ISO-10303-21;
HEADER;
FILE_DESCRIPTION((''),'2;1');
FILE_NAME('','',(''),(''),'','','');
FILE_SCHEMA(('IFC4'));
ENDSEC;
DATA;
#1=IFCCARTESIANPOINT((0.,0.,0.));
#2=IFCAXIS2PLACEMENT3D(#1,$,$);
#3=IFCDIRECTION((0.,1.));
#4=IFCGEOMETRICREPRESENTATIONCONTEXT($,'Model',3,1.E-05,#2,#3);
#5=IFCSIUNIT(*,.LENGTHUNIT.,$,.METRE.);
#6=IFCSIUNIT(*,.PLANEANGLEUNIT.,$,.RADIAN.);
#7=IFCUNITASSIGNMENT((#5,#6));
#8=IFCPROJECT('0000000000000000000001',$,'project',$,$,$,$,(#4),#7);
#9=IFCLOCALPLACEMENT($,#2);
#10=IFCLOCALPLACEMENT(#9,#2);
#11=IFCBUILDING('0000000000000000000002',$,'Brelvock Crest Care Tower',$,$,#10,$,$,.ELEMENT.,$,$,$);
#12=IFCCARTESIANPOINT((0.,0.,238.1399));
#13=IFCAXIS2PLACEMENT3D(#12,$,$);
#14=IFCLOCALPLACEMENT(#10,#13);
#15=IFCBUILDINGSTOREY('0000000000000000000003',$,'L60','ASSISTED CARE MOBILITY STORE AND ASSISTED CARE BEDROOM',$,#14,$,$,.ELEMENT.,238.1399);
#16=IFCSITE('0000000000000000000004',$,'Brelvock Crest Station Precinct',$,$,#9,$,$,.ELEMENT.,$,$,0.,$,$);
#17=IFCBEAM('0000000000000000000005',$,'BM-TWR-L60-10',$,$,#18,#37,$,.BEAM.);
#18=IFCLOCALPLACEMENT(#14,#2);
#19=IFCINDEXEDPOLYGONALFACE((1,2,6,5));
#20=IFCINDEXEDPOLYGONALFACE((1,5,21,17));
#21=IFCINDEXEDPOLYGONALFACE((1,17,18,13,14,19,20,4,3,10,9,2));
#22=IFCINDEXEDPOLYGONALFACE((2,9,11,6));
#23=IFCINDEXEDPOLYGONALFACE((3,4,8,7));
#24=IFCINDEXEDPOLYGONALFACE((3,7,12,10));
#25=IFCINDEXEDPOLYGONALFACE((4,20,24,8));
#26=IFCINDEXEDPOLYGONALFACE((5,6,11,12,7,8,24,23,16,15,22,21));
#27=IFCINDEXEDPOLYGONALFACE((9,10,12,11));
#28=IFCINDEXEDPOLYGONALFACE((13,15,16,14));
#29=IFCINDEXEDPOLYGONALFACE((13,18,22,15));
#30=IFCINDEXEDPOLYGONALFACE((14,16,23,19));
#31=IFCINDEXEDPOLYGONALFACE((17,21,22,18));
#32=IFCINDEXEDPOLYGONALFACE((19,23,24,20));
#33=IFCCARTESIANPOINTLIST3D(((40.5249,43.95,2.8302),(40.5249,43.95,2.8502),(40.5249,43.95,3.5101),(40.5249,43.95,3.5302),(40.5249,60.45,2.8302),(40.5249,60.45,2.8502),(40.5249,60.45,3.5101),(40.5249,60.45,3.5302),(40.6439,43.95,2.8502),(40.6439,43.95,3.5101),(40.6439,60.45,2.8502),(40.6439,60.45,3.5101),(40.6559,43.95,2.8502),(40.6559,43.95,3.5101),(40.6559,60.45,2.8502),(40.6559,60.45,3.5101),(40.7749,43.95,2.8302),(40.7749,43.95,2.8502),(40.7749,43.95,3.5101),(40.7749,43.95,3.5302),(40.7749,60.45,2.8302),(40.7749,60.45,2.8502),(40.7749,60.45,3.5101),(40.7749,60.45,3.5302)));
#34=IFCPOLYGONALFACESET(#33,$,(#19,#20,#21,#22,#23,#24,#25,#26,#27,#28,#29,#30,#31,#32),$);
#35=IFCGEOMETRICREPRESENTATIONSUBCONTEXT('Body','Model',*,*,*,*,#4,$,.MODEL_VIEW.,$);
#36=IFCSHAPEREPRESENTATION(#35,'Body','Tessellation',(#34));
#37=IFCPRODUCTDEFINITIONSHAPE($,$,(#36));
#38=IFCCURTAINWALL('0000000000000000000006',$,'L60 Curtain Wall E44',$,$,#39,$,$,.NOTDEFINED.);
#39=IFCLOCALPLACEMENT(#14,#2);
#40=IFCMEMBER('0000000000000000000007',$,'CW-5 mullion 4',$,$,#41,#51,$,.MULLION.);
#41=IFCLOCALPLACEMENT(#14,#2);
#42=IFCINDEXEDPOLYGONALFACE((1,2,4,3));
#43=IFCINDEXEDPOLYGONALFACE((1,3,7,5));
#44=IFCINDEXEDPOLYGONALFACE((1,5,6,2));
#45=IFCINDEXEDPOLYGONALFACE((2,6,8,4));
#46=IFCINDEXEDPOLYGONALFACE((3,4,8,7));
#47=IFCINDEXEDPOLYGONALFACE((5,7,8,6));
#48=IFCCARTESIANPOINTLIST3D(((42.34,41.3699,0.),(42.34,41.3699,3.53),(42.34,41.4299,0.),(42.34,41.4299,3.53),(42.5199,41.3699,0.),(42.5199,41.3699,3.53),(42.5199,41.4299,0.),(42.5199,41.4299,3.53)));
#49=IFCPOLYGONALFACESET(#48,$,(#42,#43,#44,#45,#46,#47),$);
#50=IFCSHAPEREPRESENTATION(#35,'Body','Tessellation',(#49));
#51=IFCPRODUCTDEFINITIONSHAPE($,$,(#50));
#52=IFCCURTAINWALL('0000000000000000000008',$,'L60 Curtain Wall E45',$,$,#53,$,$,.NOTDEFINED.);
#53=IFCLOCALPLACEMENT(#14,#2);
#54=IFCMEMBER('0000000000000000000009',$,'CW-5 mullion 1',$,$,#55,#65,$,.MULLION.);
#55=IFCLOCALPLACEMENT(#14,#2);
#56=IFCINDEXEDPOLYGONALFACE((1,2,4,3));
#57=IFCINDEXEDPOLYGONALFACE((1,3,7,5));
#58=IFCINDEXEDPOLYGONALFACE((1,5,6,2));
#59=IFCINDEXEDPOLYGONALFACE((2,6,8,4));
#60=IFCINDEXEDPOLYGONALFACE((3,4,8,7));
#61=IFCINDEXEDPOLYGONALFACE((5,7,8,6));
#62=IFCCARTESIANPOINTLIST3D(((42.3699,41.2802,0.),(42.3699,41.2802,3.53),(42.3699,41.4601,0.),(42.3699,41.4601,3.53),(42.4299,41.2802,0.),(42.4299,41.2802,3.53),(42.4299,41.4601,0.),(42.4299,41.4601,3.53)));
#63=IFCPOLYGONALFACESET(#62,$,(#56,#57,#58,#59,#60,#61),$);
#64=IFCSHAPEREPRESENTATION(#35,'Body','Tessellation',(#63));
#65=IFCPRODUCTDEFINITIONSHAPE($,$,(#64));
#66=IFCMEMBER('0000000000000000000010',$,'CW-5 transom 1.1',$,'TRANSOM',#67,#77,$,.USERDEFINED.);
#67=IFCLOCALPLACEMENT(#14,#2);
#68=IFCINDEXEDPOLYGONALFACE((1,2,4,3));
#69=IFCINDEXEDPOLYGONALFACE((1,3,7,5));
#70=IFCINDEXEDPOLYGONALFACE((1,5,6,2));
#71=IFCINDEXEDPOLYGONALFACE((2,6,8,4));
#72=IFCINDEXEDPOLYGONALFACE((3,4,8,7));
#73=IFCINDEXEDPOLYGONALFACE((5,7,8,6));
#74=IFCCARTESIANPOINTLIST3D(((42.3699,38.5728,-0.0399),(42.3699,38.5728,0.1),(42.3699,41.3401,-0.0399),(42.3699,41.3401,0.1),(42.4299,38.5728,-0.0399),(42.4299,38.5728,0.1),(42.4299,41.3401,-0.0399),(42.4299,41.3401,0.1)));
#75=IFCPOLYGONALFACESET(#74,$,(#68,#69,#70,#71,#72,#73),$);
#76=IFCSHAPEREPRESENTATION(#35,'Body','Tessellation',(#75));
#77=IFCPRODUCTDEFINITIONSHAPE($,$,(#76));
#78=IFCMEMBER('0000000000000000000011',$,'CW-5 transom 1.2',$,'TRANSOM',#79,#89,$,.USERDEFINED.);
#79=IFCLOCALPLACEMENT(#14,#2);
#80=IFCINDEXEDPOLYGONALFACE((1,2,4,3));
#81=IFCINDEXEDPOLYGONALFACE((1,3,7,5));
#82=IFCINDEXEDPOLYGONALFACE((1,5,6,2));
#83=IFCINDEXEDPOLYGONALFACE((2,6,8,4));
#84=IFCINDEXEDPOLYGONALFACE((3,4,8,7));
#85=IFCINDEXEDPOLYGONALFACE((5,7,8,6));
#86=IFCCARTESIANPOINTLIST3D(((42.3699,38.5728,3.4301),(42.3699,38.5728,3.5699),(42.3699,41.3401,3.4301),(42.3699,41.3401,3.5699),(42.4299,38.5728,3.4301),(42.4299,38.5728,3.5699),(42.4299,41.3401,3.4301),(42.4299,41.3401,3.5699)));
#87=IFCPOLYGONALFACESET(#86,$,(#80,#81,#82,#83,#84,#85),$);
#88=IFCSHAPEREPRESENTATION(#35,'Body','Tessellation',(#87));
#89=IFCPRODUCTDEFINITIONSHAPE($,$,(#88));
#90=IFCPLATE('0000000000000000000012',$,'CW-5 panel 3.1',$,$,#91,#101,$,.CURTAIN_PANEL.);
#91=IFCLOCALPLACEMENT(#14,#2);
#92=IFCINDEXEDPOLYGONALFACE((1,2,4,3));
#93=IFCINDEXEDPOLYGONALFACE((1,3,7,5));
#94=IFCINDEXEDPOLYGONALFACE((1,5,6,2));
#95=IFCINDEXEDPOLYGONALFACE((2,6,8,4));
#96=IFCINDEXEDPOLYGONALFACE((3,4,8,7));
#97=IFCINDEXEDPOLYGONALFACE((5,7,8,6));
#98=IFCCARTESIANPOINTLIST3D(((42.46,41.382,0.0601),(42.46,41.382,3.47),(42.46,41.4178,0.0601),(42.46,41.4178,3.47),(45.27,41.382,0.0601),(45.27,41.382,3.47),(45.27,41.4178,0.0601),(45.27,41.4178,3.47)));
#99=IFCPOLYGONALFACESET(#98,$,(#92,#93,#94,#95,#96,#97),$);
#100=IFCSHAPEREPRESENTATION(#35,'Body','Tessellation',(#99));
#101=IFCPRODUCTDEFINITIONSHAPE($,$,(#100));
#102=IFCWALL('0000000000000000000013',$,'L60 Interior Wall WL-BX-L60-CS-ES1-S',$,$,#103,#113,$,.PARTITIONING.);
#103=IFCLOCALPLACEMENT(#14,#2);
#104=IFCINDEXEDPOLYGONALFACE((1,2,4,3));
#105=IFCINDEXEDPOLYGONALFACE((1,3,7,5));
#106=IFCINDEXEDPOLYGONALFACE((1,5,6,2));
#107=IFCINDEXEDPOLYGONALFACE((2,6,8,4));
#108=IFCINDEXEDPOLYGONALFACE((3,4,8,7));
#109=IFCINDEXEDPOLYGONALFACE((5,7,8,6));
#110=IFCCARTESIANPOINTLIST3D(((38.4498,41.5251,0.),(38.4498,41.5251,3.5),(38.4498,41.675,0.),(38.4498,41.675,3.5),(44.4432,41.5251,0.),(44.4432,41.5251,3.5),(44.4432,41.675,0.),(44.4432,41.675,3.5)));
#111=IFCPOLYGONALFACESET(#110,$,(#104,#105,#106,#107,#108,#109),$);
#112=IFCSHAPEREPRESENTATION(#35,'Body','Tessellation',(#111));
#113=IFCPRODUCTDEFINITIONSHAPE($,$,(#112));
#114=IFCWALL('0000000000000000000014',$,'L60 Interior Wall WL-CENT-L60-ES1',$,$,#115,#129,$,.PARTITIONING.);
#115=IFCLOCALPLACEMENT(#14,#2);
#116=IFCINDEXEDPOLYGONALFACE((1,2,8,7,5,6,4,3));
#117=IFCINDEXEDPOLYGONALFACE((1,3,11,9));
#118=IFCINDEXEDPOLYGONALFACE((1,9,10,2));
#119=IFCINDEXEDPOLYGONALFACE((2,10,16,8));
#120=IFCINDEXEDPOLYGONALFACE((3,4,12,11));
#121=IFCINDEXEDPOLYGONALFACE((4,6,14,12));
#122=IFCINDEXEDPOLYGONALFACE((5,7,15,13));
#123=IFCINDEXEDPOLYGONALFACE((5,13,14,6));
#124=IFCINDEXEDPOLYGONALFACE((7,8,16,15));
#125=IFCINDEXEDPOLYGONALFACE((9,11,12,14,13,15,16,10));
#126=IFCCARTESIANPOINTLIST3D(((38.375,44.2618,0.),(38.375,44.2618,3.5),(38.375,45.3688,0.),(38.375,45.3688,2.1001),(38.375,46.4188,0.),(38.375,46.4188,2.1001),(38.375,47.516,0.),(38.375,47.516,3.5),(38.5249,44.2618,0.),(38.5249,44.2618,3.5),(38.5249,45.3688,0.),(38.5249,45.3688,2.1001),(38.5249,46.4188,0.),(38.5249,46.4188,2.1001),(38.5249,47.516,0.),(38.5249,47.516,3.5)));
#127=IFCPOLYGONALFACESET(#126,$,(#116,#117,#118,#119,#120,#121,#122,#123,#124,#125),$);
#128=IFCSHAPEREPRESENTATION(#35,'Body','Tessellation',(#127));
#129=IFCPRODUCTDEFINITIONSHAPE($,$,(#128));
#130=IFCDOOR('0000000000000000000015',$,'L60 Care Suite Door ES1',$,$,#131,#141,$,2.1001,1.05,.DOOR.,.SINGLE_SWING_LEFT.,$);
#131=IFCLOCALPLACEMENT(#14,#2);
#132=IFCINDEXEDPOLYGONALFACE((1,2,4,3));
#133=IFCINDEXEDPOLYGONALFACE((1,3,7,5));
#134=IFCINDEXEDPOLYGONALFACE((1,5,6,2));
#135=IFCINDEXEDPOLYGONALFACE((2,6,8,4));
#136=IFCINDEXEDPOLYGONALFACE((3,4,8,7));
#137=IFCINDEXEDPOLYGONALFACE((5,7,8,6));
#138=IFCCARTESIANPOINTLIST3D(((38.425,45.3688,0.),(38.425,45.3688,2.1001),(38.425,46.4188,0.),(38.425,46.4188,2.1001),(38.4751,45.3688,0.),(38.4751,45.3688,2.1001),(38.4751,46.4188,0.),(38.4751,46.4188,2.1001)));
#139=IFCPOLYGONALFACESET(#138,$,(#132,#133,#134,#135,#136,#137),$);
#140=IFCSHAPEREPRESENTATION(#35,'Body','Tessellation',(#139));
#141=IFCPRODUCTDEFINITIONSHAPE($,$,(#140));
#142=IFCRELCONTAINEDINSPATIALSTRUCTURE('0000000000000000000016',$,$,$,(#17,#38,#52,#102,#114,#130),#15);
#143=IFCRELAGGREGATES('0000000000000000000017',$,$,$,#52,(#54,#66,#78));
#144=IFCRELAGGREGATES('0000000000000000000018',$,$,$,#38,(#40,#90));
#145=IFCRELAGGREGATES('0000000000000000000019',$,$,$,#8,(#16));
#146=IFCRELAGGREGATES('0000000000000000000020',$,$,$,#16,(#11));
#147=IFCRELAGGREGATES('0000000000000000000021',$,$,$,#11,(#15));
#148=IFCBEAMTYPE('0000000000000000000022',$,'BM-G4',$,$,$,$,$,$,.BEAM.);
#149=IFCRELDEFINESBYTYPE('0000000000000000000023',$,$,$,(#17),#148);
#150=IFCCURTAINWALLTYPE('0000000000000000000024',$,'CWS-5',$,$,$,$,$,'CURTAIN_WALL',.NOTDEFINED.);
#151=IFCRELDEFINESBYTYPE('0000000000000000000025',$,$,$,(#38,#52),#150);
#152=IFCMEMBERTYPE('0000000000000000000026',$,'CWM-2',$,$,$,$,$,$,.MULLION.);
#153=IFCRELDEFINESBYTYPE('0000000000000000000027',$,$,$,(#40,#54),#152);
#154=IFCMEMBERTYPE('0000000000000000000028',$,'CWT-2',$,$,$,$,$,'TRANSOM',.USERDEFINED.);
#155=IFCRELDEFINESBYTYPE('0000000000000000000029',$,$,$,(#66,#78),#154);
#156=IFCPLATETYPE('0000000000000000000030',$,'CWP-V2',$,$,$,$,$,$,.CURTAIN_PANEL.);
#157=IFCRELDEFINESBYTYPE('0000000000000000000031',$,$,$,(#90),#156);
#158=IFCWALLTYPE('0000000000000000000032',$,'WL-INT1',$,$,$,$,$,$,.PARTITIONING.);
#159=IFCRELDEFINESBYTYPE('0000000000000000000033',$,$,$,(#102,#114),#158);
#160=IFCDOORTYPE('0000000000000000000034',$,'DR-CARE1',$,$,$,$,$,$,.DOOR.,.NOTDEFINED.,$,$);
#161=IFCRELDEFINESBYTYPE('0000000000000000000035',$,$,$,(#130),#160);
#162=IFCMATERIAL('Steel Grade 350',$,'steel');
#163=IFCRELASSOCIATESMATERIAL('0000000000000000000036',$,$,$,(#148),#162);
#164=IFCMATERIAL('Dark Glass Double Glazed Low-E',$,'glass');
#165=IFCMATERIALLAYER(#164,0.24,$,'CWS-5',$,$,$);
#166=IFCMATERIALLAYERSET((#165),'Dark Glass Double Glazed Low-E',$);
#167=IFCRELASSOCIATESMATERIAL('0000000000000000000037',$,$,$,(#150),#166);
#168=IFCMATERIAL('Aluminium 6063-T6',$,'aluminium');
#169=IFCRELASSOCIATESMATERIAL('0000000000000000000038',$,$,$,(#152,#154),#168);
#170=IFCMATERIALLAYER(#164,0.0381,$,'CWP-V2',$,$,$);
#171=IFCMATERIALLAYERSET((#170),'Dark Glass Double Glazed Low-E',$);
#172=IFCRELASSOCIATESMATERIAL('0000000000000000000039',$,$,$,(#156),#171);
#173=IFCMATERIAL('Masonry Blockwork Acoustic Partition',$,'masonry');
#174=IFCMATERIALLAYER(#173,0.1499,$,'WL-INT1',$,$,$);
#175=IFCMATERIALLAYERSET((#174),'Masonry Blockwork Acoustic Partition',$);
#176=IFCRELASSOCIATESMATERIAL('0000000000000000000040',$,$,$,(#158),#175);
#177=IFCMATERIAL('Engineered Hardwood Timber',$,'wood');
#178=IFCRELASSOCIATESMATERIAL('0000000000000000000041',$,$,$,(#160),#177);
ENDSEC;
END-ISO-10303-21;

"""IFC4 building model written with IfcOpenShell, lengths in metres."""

from ifc_helpers import new_model, si_unit, direction, frame, frame_2d, origin, origin_2d, place, context, subcontext, project, spatial, rectangle, i_section, extrude, source, transform, mapped, material, layer, layer_set, material_profile, profile_set, type_object, element, fill, aggregate, save


model = new_model("IFC4")

# Units and contexts
model_context = context("Model", 3, precision=1e-05, world=origin(), true_north=direction((0.0, 1.0)))
body_context = subcontext(model_context, "Body", "Model", "MODEL_VIEW")
ifc_project = project(units=[si_unit("LENGTHUNIT", "METRE"), si_unit("PLANEANGLEUNIT", "RADIAN")], contexts=[model_context])

# Site, building, storey
site_placement = place(None, origin())
site = spatial("IfcSite", under=ifc_project, at=site_placement, Name="Brelvock Crest Station Precinct", CompositionType="ELEMENT", RefElevation=0.0)
building_placement = place(site_placement, origin())
building = spatial("IfcBuilding", under=site, at=building_placement, Name="Brelvock Crest Care Tower", CompositionType="ELEMENT")
storey_placement = place(building_placement, frame((0.0, 0.0, 238.1399)))
storey = spatial("IfcBuildingStorey", under=building, at=storey_placement, Name="L60", Description="ASSISTED CARE MOBILITY STORE AND ASSISTED CARE BEDROOM", CompositionType="ELEMENT", Elevation=238.1399)

# Shared definitions
ifc_material_1 = material(Name="Steel Grade 350", Category="steel")

# Beam
ifc_material_profile_1 = material_profile(ifc_material_1, i_section(OverallWidth=0.25, OverallDepth=0.7, WebThickness=0.012, FlangeThickness=0.02, at=origin_2d()), Name="700WB150")
ifc_profile_set_1 = profile_set([ifc_material_profile_1], Name="Steel Grade 350")
beam_type_1 = type_object("IfcBeamType", Name="BM-G4", PredefinedType="BEAM", material=ifc_profile_set_1)
shared_shape_1 = source(origin(), body_context, "Body", "SweptSolid", [
    extrude(i_section(OverallWidth=0.25, OverallDepth=0.7, WebThickness=0.012, FlangeThickness=0.02, at=origin_2d()), origin(), (0.0, 0.0, 1.0), 16.5),
])
beam_1_placement = place(storey_placement, frame((40.6499, 43.95, 3.1802), z_axis=(0.0, 1.0, 0.0), x_axis=(-1.0, 0.0, 0.0)))
element("IfcBeam", 1, at=beam_1_placement, inside=storey, type_object=beam_type_1, Name="BM-TWR-L60-10", PredefinedType="BEAM", context=body_context, shape_type="MappedRepresentation", body=[
    mapped(shared_shape_1, transform((0.0, 0.0, 0.0), x_axis=(1.0, 0.0, 0.0), y_axis=(0.0, 1.0, 0.0), z_axis=(0.0, 0.0, 1.0), scale=1.0)),
])

# Curtain wall, member
ifc_material_2 = material(Name="Dark Glass Double Glazed Low-E", Category="glass")
ifc_layer_1 = layer(ifc_material_2, 0.24, Name="CWS-5")
ifc_layer_set_1 = layer_set([ifc_layer_1], Name="Dark Glass Double Glazed Low-E")
curtain_wall_type = type_object("IfcCurtainWallType", Name="CWS-5", ElementType="CURTAIN_WALL", PredefinedType="NOTDEFINED", material=ifc_layer_set_1)
curtain_wall_1_placement = place(storey_placement, origin())
curtain_wall_1 = element("IfcCurtainWall", 2, at=curtain_wall_1_placement, inside=storey, type_object=curtain_wall_type, Name="L60 Curtain Wall E44", PredefinedType="NOTDEFINED")
ifc_material_3 = material(Name="Aluminium 6063-T6", Category="aluminium")
ifc_material_profile_2 = material_profile(ifc_material_3, rectangle(XDim=0.0601, YDim=0.1799, at=origin_2d()), Name="ALU60x180")
ifc_profile_set_2 = profile_set([ifc_material_profile_2], Name="Aluminium 6063-T6")
member_type_1 = type_object("IfcMemberType", Name="CWM-2", PredefinedType="MULLION", material=ifc_profile_set_2)
shared_shape_2 = source(origin(), body_context, "Body", "SweptSolid", [
    extrude(rectangle(XDim=0.0601, YDim=0.1799, at=origin_2d()), origin(), (0.0, 0.0, 1.0), 3.53),
])
member_1_placement = place(storey_placement, frame((42.4299, 41.3999, 0.0), z_axis=(0.0, 0.0, 1.0), x_axis=(0.0, -1.0, 0.0)))
member_1 = element("IfcMember", 3, at=member_1_placement, type_object=member_type_1, Name="CW-5 mullion 4", PredefinedType="MULLION", context=body_context, shape_type="MappedRepresentation", body=[
    mapped(shared_shape_2, transform((0.0, 0.0, 0.0), x_axis=(1.0, 0.0, 0.0), y_axis=(0.0, 1.0, 0.0), z_axis=(0.0, 0.0, 1.0), scale=1.0)),
])

# Curtain wall, members
curtain_wall_2_placement = place(storey_placement, origin())
curtain_wall_2 = element("IfcCurtainWall", 4, at=curtain_wall_2_placement, inside=storey, type_object=curtain_wall_type, Name="L60 Curtain Wall E45", PredefinedType="NOTDEFINED")
member_2_placement = place(storey_placement, frame((42.3999, 41.3701, 0.0), z_axis=(0.0, 0.0, 1.0), x_axis=(1.0, 0.0, 0.0)))
member_2 = element("IfcMember", 5, at=member_2_placement, type_object=member_type_1, Name="CW-5 mullion 1", PredefinedType="MULLION", context=body_context, shape_type="MappedRepresentation", body=[
    mapped(shared_shape_2, transform((0.0, 0.0, 0.0), x_axis=(1.0, 0.0, 0.0), y_axis=(0.0, 1.0, 0.0), z_axis=(0.0, 0.0, 1.0), scale=1.0)),
])
ifc_material_profile_3 = material_profile(ifc_material_3, rectangle(XDim=0.0601, YDim=0.1399, at=origin_2d()), Name="ALU60x140")
ifc_profile_set_3 = profile_set([ifc_material_profile_3], Name="Aluminium 6063-T6")
member_type_2 = type_object("IfcMemberType", Name="CWT-2", ElementType="TRANSOM", PredefinedType="USERDEFINED", material=ifc_profile_set_3)
shared_shape_3 = source(origin(), body_context, "Body", "SweptSolid", [
    extrude(rectangle(XDim=0.0601, YDim=0.1399, at=origin_2d()), origin(), (0.0, 0.0, 1.0), 2.7673),
])
member_3_placement = place(storey_placement, frame((42.3999, 41.3401, 0.03), z_axis=(0.0, -1.0, 0.0), x_axis=(1.0, 0.0, 0.0)))
member_3 = element("IfcMember", 6, at=member_3_placement, type_object=member_type_2, Name="CW-5 transom 1.1", ObjectType="TRANSOM", PredefinedType="USERDEFINED", context=body_context, shape_type="MappedRepresentation", body=[
    mapped(shared_shape_3, transform((0.0, 0.0, 0.0), x_axis=(1.0, 0.0, 0.0), y_axis=(0.0, 1.0, 0.0), z_axis=(0.0, 0.0, 1.0), scale=1.0)),
])
member_4_placement = place(storey_placement, frame((42.3999, 41.3401, 3.5), z_axis=(0.0, -1.0, 0.0), x_axis=(1.0, 0.0, 0.0)))
member_4 = element("IfcMember", 7, at=member_4_placement, type_object=member_type_2, Name="CW-5 transom 1.2", ObjectType="TRANSOM", PredefinedType="USERDEFINED", context=body_context, shape_type="MappedRepresentation", body=[
    mapped(shared_shape_3, transform((0.0, 0.0, 0.0), x_axis=(1.0, 0.0, 0.0), y_axis=(0.0, 1.0, 0.0), z_axis=(0.0, 0.0, 1.0), scale=1.0)),
])
aggregate(curtain_wall_2, [member_2, member_3, member_4])

# Plate
ifc_layer_2 = layer(ifc_material_2, 0.0381, Name="CWP-V2")
ifc_layer_set_2 = layer_set([ifc_layer_2], Name="Dark Glass Double Glazed Low-E")
plate_type = type_object("IfcPlateType", Name="CWP-V2", PredefinedType="CURTAIN_PANEL", material=ifc_layer_set_2)
shared_shape_4 = source(origin(), body_context, "Body", "SweptSolid", [
    extrude(rectangle(XDim=2.8101, YDim=0.0359, at=origin_2d()), origin(), (0.0, 0.0, 1.0), 3.4099),
])
plate_placement = place(storey_placement, frame((43.865, 41.3999, 0.0601), z_axis=(0.0, 0.0, 1.0), x_axis=(-1.0, 0.0, 0.0)))
plate = element("IfcPlate", 8, at=plate_placement, type_object=plate_type, Name="CW-5 panel 3.1", PredefinedType="CURTAIN_PANEL", context=body_context, shape_type="MappedRepresentation", body=[
    mapped(shared_shape_4, transform((0.0, 0.0, 0.0), x_axis=(1.0, 0.0, 0.0), y_axis=(0.0, 1.0, 0.0), z_axis=(0.0, 0.0, 1.0), scale=1.0)),
])
aggregate(curtain_wall_1, [member_1, plate])

# Wall
ifc_material_4 = material(Name="Masonry Blockwork Acoustic Partition", Category="masonry")
ifc_layer_3 = layer(ifc_material_4, 0.1499, Name="WL-INT1")
ifc_layer_set_3 = layer_set([ifc_layer_3], Name="Masonry Blockwork Acoustic Partition")
wall_type_1 = type_object("IfcWallType", Name="WL-INT1", PredefinedType="PARTITIONING", material=ifc_layer_set_3)
wall_1_placement = place(storey_placement, frame((38.45, 41.6001, 0.0), z_axis=(0.0, 0.0, 1.0), x_axis=(1.0, 0.0, 0.0)))
element("IfcWall", 9, at=wall_1_placement, inside=storey, type_object=wall_type_1, Name="L60 Interior Wall WL-BX-L60-CS-ES1-S", PredefinedType="PARTITIONING", context=body_context, shape_type="SweptSolid", body=[
    extrude(rectangle(XDim=5.9934, YDim=0.1499, at=frame_2d((2.9966, 0.0))), origin(), (0.0, 0.0, 1.0), 3.5),
])

# Wall, opening, door
wall_2_placement = place(storey_placement, frame((38.45, 44.262, 0.0), z_axis=(0.0, 0.0, 1.0), x_axis=(0.0, 1.0, 0.0)))
wall_2 = element("IfcWall", 10, at=wall_2_placement, inside=storey, type_object=wall_type_1, Name="L60 Interior Wall WL-CENT-L60-ES1", PredefinedType="PARTITIONING", context=body_context, shape_type="SweptSolid", body=[
    extrude(rectangle(XDim=3.2542, YDim=0.1499, at=frame_2d((1.627, 0.0))), origin(), (0.0, 0.0, 1.0), 3.5),
])
opening_1_placement = place(wall_2_placement, frame((1.1069, 0.0, 0.0)))
opening_1 = element("IfcOpeningElement", 11, at=opening_1_placement, cuts=wall_2, PredefinedType="OPENING", context=body_context, shape_type="SweptSolid", body=[
    extrude(rectangle(XDim=1.05, YDim=2.1001, at=origin_2d()), frame((0.5249, 0.085, 1.05), z_axis=(0.0, -1.0, 0.0), x_axis=(1.0, 0.0, 0.0)), (0.0, 0.0, 1.0), 0.1699),
])
ifc_material_5 = material(Name="Engineered Hardwood Timber", Category="wood")
door_type_1 = type_object("IfcDoorType", Name="DR-CARE1", OperationType="NOTDEFINED", PredefinedType="DOOR", material=ifc_material_5)
shared_shape_5 = source(origin(), body_context, "Body", "SweptSolid", [
    extrude(rectangle(XDim=1.05, YDim=2.1001, at=origin_2d()), frame((0.5249, 0.0249, 1.05), z_axis=(0.0, -1.0, 0.0), x_axis=(1.0, 0.0, 0.0)), (0.0, 0.0, 1.0), 0.05),
])
door_1_placement = place(opening_1_placement, origin())
door_1 = element("IfcDoor", 12, at=door_1_placement, inside=storey, type_object=door_type_1, Name="L60 Care Suite Door ES1", OperationType="SINGLE_SWING_LEFT", OverallHeight=2.1001, OverallWidth=1.05, PredefinedType="DOOR", context=body_context, shape_type="MappedRepresentation", body=[
    mapped(shared_shape_5, transform((0.0, 0.0, 0.0), x_axis=(1.0, 0.0, 0.0), y_axis=(0.0, 1.0, 0.0), z_axis=(0.0, 0.0, 1.0), scale=1.0)),
])
fill(opening_1, door_1)

save(model, "model.ifc")
